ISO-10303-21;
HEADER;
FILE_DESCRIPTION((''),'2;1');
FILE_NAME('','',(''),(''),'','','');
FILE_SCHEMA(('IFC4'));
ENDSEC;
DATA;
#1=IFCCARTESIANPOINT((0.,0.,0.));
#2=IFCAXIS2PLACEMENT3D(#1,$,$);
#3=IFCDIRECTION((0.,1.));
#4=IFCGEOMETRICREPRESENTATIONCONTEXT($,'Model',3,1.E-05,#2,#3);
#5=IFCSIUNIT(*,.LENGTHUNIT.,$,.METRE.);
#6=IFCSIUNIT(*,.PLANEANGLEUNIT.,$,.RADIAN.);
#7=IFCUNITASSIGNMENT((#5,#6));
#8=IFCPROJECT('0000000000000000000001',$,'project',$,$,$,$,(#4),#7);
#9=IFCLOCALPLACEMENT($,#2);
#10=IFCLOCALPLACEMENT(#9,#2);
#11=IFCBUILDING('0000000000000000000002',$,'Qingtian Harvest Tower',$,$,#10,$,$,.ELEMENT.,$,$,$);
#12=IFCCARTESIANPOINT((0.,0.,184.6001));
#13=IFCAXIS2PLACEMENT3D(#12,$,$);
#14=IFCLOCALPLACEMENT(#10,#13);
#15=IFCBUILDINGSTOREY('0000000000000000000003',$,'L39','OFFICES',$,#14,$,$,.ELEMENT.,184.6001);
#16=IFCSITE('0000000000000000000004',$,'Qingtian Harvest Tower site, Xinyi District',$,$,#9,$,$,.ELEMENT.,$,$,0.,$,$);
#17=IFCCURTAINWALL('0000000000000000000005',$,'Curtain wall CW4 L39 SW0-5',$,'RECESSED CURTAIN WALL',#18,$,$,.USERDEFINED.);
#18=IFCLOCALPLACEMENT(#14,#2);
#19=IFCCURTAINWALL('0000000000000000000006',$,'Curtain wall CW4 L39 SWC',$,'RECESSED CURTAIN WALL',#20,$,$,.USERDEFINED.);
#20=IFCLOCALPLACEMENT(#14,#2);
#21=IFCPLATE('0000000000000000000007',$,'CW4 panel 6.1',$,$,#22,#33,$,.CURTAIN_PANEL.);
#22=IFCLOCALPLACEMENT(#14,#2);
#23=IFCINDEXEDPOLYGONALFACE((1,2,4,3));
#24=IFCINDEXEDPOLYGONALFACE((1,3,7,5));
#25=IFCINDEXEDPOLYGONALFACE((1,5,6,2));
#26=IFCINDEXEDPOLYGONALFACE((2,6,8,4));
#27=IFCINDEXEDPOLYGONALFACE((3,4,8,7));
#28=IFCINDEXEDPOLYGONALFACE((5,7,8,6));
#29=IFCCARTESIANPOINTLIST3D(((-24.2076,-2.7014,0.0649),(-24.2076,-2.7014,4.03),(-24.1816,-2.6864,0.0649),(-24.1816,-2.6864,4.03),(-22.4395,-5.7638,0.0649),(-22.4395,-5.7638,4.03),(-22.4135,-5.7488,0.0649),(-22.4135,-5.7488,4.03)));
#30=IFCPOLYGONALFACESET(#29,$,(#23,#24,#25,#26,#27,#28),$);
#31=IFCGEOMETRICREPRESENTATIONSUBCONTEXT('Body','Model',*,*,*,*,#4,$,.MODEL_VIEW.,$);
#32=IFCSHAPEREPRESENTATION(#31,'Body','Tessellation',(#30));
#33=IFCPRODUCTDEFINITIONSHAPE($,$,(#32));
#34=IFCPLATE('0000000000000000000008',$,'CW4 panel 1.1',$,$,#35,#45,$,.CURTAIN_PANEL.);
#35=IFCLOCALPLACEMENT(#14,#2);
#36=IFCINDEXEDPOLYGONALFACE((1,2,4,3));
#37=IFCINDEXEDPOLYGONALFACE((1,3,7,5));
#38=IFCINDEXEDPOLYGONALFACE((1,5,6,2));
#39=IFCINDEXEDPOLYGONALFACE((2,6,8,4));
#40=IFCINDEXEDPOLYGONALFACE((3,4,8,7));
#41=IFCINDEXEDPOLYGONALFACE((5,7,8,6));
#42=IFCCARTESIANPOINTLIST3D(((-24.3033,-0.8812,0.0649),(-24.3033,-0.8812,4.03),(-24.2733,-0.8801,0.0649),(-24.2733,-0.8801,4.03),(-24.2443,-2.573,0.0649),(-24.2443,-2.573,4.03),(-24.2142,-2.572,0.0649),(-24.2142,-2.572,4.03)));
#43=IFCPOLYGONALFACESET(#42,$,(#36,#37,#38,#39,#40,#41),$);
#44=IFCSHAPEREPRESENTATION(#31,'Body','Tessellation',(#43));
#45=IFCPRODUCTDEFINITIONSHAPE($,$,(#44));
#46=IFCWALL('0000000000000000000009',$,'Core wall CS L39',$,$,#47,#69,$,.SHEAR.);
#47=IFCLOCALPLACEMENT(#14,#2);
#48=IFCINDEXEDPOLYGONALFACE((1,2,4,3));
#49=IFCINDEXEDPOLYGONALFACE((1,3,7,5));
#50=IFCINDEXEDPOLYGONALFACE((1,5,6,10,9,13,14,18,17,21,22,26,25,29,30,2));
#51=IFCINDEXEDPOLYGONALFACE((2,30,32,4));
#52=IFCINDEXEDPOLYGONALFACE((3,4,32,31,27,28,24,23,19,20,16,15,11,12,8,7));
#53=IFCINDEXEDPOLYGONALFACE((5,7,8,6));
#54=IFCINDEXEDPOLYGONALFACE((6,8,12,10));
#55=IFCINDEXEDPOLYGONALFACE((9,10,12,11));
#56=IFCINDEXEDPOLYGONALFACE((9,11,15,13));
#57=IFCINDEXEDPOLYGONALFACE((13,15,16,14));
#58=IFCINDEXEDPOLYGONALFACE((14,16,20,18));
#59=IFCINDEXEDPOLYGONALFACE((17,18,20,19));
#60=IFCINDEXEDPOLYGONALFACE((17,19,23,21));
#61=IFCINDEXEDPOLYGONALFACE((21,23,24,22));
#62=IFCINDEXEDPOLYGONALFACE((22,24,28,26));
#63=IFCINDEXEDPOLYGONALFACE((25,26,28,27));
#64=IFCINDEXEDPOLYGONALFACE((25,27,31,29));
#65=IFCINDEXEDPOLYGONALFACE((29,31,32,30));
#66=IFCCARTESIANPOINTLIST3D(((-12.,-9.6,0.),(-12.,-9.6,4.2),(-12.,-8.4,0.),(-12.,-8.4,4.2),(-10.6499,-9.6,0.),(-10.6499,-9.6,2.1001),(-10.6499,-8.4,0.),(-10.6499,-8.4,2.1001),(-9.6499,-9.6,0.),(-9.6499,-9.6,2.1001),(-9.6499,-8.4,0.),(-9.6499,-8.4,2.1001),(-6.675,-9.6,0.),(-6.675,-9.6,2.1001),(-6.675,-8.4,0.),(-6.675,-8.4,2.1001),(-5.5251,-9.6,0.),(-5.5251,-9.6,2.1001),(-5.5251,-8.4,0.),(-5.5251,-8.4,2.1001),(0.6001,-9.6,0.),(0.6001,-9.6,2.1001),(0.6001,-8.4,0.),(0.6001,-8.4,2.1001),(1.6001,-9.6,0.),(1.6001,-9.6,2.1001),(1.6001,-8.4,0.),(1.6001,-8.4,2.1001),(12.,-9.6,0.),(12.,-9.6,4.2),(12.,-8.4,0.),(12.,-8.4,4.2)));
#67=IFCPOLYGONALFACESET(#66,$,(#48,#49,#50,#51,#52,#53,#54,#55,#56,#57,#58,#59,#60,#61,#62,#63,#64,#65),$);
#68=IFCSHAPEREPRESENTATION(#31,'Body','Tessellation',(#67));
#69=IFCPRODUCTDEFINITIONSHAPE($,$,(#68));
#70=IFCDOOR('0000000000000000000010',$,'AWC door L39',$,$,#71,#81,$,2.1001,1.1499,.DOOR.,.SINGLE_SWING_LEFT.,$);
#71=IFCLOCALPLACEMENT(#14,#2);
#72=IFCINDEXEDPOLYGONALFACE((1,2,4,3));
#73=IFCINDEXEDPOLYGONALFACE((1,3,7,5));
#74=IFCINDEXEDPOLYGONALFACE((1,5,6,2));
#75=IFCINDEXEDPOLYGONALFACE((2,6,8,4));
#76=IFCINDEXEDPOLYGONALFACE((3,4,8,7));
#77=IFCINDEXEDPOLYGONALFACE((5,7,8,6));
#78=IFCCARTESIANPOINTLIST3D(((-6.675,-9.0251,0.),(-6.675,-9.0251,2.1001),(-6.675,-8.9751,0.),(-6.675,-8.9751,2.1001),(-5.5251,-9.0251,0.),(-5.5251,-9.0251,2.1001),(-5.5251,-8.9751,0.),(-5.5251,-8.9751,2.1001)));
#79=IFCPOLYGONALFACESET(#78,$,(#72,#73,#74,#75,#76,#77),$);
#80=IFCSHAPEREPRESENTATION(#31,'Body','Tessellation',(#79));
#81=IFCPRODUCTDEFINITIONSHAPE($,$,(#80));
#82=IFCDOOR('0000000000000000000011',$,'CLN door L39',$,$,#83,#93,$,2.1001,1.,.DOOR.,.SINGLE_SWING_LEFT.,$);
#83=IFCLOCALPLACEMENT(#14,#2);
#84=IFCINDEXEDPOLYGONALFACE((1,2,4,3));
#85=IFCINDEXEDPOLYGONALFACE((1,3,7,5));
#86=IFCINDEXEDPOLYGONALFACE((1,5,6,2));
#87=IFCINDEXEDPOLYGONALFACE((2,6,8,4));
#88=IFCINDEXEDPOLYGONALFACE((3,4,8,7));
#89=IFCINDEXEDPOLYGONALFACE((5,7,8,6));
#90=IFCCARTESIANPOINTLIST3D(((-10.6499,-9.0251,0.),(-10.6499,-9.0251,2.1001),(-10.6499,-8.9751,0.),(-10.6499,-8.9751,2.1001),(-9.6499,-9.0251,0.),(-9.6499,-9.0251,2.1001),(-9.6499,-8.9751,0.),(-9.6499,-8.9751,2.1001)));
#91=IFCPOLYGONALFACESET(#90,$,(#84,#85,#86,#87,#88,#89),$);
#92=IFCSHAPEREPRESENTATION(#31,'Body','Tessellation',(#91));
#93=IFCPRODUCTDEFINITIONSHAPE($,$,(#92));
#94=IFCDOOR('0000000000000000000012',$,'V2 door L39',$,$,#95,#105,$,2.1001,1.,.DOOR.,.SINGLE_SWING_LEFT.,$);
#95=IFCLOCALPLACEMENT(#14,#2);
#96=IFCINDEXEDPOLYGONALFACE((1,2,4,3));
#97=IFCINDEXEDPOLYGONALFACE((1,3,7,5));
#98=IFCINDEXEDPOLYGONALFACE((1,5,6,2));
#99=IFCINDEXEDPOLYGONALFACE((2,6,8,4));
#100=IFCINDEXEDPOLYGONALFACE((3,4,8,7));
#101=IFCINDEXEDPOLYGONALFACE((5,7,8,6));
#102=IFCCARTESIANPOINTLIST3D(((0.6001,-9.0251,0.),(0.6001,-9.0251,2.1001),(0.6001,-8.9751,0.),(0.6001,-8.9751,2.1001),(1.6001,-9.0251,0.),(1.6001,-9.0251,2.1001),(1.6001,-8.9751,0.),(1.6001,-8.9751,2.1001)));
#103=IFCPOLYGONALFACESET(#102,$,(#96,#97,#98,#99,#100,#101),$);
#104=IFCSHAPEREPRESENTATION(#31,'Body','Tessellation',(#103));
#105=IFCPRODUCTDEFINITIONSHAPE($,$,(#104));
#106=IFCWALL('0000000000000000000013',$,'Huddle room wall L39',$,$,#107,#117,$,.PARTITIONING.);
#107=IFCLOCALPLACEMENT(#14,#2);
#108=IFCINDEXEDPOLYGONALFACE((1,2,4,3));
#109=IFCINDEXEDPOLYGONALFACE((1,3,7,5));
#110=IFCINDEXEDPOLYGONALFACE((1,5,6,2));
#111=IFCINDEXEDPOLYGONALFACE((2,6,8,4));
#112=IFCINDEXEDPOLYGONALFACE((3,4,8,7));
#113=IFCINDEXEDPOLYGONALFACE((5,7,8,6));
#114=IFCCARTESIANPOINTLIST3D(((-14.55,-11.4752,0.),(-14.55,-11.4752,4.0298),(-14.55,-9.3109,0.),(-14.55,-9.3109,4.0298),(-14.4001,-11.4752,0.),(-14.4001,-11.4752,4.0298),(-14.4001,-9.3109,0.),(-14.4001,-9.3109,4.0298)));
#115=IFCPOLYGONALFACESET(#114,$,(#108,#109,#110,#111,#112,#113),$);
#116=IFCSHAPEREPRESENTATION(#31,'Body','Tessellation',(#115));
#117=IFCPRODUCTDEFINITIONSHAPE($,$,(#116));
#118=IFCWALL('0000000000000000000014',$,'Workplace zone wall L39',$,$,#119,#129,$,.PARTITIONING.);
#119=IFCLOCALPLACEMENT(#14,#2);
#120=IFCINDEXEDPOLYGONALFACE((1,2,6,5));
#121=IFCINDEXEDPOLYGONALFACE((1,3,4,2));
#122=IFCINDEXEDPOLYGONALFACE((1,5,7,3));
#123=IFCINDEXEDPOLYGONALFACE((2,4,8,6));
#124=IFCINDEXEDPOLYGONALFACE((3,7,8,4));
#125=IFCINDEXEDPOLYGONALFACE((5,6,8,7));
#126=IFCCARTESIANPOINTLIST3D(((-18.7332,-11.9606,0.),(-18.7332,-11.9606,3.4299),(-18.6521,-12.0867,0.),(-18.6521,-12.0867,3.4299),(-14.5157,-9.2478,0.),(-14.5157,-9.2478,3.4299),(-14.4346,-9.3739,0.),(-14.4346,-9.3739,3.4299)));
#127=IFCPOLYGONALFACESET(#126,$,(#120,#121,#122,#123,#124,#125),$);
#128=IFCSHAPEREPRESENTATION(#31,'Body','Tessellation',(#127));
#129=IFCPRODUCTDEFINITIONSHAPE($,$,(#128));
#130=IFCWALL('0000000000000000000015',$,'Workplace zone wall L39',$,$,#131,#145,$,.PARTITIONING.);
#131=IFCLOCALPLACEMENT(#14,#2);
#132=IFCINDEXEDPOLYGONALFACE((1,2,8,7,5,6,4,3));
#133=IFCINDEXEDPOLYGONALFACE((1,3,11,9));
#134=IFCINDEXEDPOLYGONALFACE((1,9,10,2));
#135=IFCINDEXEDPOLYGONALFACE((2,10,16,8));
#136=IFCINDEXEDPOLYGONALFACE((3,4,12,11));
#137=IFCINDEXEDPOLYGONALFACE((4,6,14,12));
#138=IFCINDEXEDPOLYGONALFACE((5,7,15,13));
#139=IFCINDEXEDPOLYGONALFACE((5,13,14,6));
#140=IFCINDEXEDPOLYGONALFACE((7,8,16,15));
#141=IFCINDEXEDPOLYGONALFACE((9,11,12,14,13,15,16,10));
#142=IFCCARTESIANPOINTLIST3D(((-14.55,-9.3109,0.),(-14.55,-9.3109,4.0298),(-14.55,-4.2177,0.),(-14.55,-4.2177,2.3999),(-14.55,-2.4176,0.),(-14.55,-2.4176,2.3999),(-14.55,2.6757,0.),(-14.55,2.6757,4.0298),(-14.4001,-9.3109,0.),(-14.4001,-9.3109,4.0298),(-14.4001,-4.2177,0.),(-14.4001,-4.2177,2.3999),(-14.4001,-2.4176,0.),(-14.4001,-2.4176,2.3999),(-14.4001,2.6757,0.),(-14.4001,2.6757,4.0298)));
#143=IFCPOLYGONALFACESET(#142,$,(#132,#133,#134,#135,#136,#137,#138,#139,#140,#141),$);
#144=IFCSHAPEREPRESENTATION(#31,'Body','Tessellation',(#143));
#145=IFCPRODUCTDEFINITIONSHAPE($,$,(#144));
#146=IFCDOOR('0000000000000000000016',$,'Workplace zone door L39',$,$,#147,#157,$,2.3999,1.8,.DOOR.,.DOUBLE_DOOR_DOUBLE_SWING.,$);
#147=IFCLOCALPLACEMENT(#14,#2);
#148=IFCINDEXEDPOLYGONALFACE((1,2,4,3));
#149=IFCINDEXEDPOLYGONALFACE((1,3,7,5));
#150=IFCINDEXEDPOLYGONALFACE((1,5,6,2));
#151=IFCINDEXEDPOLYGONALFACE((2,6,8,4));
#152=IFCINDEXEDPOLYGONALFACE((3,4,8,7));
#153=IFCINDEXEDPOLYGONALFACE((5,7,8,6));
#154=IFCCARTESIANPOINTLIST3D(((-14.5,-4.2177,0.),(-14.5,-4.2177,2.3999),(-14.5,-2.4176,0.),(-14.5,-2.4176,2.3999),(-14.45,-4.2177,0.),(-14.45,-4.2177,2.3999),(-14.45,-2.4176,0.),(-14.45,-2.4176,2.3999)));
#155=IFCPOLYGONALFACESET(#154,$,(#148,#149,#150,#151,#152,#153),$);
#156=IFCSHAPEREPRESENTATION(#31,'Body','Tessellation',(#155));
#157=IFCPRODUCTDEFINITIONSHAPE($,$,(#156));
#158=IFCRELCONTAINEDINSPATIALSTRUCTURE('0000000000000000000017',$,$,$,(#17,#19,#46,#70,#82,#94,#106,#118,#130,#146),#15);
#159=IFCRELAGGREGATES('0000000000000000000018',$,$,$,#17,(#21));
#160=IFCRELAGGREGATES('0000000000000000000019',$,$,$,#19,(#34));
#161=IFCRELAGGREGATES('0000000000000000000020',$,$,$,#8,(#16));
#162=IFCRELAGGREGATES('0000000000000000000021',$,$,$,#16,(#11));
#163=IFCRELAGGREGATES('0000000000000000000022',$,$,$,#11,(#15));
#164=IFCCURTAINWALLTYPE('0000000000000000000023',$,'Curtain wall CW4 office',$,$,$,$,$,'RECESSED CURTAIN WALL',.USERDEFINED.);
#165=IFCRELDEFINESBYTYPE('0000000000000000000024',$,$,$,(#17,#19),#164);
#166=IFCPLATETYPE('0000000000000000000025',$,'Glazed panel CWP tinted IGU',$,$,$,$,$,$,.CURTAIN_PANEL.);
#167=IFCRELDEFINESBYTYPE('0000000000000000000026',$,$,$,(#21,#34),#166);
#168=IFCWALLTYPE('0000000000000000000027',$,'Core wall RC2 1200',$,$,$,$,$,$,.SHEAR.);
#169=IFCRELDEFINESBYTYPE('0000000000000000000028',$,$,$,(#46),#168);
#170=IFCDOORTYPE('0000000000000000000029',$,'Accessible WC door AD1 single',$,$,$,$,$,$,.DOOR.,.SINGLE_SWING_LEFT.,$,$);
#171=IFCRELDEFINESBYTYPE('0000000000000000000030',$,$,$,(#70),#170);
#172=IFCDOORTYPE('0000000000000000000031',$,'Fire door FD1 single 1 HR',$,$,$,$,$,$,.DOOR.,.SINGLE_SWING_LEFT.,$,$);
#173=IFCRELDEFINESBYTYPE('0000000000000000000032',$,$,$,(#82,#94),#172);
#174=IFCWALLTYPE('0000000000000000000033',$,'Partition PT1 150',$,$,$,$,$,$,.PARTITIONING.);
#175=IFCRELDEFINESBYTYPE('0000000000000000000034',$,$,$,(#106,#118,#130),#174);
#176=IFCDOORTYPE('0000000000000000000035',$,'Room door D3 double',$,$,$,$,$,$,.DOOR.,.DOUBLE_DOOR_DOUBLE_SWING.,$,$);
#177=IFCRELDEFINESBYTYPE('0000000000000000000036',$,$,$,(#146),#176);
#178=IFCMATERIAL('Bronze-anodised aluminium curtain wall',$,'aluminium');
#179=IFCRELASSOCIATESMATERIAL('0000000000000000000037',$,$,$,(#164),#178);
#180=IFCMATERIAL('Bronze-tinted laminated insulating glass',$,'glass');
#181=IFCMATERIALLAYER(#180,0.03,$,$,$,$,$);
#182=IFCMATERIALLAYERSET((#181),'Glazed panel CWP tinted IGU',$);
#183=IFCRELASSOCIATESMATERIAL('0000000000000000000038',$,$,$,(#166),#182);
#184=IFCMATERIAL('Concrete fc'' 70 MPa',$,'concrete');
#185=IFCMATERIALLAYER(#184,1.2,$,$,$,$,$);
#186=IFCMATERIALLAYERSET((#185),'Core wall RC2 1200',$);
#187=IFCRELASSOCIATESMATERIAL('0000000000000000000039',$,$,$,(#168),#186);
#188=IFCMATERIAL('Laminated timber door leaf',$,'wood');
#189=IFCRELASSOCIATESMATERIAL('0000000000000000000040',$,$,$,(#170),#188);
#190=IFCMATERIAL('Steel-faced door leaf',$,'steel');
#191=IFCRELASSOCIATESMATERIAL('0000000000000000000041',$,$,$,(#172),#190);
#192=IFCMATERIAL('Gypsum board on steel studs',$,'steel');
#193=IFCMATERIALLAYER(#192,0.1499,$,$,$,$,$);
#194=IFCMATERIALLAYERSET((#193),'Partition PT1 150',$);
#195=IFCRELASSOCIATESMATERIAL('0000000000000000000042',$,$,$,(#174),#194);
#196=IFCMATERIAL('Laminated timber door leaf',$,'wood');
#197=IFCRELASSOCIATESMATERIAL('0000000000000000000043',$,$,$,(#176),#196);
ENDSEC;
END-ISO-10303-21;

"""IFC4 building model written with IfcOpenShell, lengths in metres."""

from ifc_helpers import new_model, si_unit, direction, frame, frame_2d, origin, origin_2d, place, context, subcontext, project, spatial, rectangle, extrude, material, layer, layer_set, type_object, element, fill, aggregate, save


model = new_model("IFC4")

# Units and contexts
model_context = context("Model", 3, precision=1e-05, world=origin(), true_north=direction((0.0, 1.0)))
body_context = subcontext(model_context, "Body", "Model", "MODEL_VIEW")
ifc_project = project(units=[si_unit("LENGTHUNIT", "METRE"), si_unit("PLANEANGLEUNIT", "RADIAN")], contexts=[model_context])

# Site, building, storey
site_placement = place(None, origin())
site = spatial("IfcSite", under=ifc_project, at=site_placement, Name="Qingtian Harvest Tower site, Xinyi District", CompositionType="ELEMENT", RefElevation=0.0)
building_placement = place(site_placement, origin())
building = spatial("IfcBuilding", under=site, at=building_placement, Name="Qingtian Harvest Tower", CompositionType="ELEMENT")
storey_placement = place(building_placement, frame((0.0, 0.0, 184.6001)))
storey = spatial("IfcBuildingStorey", under=building, at=storey_placement, Name="L39", Description="OFFICES", CompositionType="ELEMENT", Elevation=184.6001)

# Curtain walls
ifc_material_1 = material(Name="Bronze-anodised aluminium curtain wall", Category="aluminium")
curtain_wall_type = type_object("IfcCurtainWallType", Name="Curtain wall CW4 office", ElementType="RECESSED CURTAIN WALL", PredefinedType="USERDEFINED", material=ifc_material_1)
curtain_wall_1_placement = place(storey_placement, origin())
curtain_wall_1 = element("IfcCurtainWall", 1, at=curtain_wall_1_placement, inside=storey, type_object=curtain_wall_type, Name="Curtain wall CW4 L39 SW0-5", ObjectType="RECESSED CURTAIN WALL", PredefinedType="USERDEFINED")
curtain_wall_2_placement = place(storey_placement, origin())
curtain_wall_2 = element("IfcCurtainWall", 2, at=curtain_wall_2_placement, inside=storey, type_object=curtain_wall_type, Name="Curtain wall CW4 L39 SWC", ObjectType="RECESSED CURTAIN WALL", PredefinedType="USERDEFINED")

# Plates
ifc_material_2 = material(Name="Bronze-tinted laminated insulating glass", Category="glass")
ifc_layer_1 = layer(ifc_material_2, 0.03)
ifc_layer_set_1 = layer_set([ifc_layer_1], Name="Glazed panel CWP tinted IGU")
plate_type = type_object("IfcPlateType", Name="Glazed panel CWP tinted IGU", PredefinedType="CURTAIN_PANEL", material=ifc_layer_set_1)
plate_1_placement = place(storey_placement, frame((-23.3105, -4.2251, 0.0649), z_axis=(0.0, 0.0, 1.0), x_axis=(-0.5, 0.866025, 0.0)))
plate_1 = element("IfcPlate", 3, at=plate_1_placement, type_object=plate_type, Name="CW4 panel 6.1", PredefinedType="CURTAIN_PANEL", context=body_context, shape_type="SweptSolid", body=[
    extrude(rectangle(XDim=3.5361, YDim=0.03, at=origin_2d()), origin(), (0.0, 0.0, 1.0), 3.9651),
])
aggregate(curtain_wall_1, [plate_1])
plate_2_placement = place(storey_placement, frame((-24.2588, -1.7266, 0.0649), z_axis=(0.0, 0.0, 1.0), x_axis=(-0.034899, 0.999391, 0.0)))
plate_2 = element("IfcPlate", 4, at=plate_2_placement, type_object=plate_type, Name="CW4 panel 1.1", PredefinedType="CURTAIN_PANEL", context=body_context, shape_type="SweptSolid", body=[
    extrude(rectangle(XDim=1.6929, YDim=0.03, at=origin_2d()), origin(), (0.0, 0.0, 1.0), 3.9651),
])
aggregate(curtain_wall_2, [plate_2])

# Wall, openings, doors
ifc_material_3 = material(Name="Concrete fc' 70 MPa", Category="concrete")
ifc_layer_2 = layer(ifc_material_3, 1.2)
ifc_layer_set_2 = layer_set([ifc_layer_2], Name="Core wall RC2 1200")
wall_type_1 = type_object("IfcWallType", Name="Core wall RC2 1200", PredefinedType="SHEAR", material=ifc_layer_set_2)
wall_1_placement = place(storey_placement, frame((-12.0, -9.0, 0.0), z_axis=(0.0, 0.0, 1.0), x_axis=(1.0, 0.0, 0.0)))
wall_1 = element("IfcWall", 5, at=wall_1_placement, inside=storey, type_object=wall_type_1, Name="Core wall CS L39", PredefinedType="SHEAR", context=body_context, shape_type="SweptSolid", body=[
    extrude(rectangle(XDim=24.0, YDim=1.2, at=frame_2d((12.0, 0.0))), origin(), (0.0, 0.0, 1.0), 4.2),
])
opening_1_placement = place(wall_1_placement, frame((1.3501, 0.0, 0.0)))
opening_1 = element("IfcOpeningElement", 6, at=opening_1_placement, cuts=wall_1, PredefinedType="OPENING", context=body_context, shape_type="SweptSolid", body=[
    extrude(rectangle(XDim=1.0, YDim=2.1001, at=frame_2d((0.5, 1.05))), frame((0.0, 0.6099, 0.0), z_axis=(0.0, -1.0, 0.0), x_axis=(1.0, 0.0, 0.0)), (0.0, 0.0, 1.0), 1.22),
])
opening_2_placement = place(wall_1_placement, frame((5.325, 0.0, 0.0)))
opening_2 = element("IfcOpeningElement", 7, at=opening_2_placement, cuts=wall_1, PredefinedType="OPENING", context=body_context, shape_type="SweptSolid", body=[
    extrude(rectangle(XDim=1.1499, YDim=2.1001, at=frame_2d((0.575, 1.05))), frame((0.0, 0.6099, 0.0), z_axis=(0.0, -1.0, 0.0), x_axis=(1.0, 0.0, 0.0)), (0.0, 0.0, 1.0), 1.22),
])
opening_3_placement = place(wall_1_placement, frame((12.6001, 0.0, 0.0)))
opening_3 = element("IfcOpeningElement", 8, at=opening_3_placement, cuts=wall_1, PredefinedType="OPENING", context=body_context, shape_type="SweptSolid", body=[
    extrude(rectangle(XDim=1.0, YDim=2.1001, at=frame_2d((0.5, 1.05))), frame((0.0, 0.6099, 0.0), z_axis=(0.0, -1.0, 0.0), x_axis=(1.0, 0.0, 0.0)), (0.0, 0.0, 1.0), 1.22),
])
ifc_material_4 = material(Name="Laminated timber door leaf", Category="wood")
door_type_1 = type_object("IfcDoorType", Name="Accessible WC door AD1 single", OperationType="SINGLE_SWING_LEFT", PredefinedType="DOOR", material=ifc_material_4)
door_1_placement = place(opening_2_placement, origin())
door_1 = element("IfcDoor", 9, at=door_1_placement, inside=storey, type_object=door_type_1, Name="AWC door L39", OperationType="SINGLE_SWING_LEFT", OverallHeight=2.1001, OverallWidth=1.1499, PredefinedType="DOOR", context=body_context, shape_type="SweptSolid", body=[
    extrude(rectangle(XDim=1.1499, YDim=2.1001, at=frame_2d((0.575, 1.05))), frame((0.0, 0.0249, 0.0), z_axis=(0.0, -1.0, 0.0), x_axis=(1.0, 0.0, 0.0)), (0.0, 0.0, 1.0), 0.05),
])
fill(opening_2, door_1)
ifc_material_5 = material(Name="Steel-faced door leaf", Category="steel")
door_type_2 = type_object("IfcDoorType", Name="Fire door FD1 single 1 HR", OperationType="SINGLE_SWING_LEFT", PredefinedType="DOOR", material=ifc_material_5)
door_2_placement = place(opening_1_placement, origin())
door_2 = element("IfcDoor", 10, at=door_2_placement, inside=storey, type_object=door_type_2, Name="CLN door L39", OperationType="SINGLE_SWING_LEFT", OverallHeight=2.1001, OverallWidth=1.0, PredefinedType="DOOR", context=body_context, shape_type="SweptSolid", body=[
    extrude(rectangle(XDim=1.0, YDim=2.1001, at=frame_2d((0.5, 1.05))), frame((0.0, 0.0249, 0.0), z_axis=(0.0, -1.0, 0.0), x_axis=(1.0, 0.0, 0.0)), (0.0, 0.0, 1.0), 0.05),
])
fill(opening_1, door_2)
door_3_placement = place(opening_3_placement, origin())
door_3 = element("IfcDoor", 11, at=door_3_placement, inside=storey, type_object=door_type_2, Name="V2 door L39", OperationType="SINGLE_SWING_LEFT", OverallHeight=2.1001, OverallWidth=1.0, PredefinedType="DOOR", context=body_context, shape_type="SweptSolid", body=[
    extrude(rectangle(XDim=1.0, YDim=2.1001, at=frame_2d((0.5, 1.05))), frame((0.0, 0.0249, 0.0), z_axis=(0.0, -1.0, 0.0), x_axis=(1.0, 0.0, 0.0)), (0.0, 0.0, 1.0), 0.05),
])
fill(opening_3, door_3)

# Walls
ifc_material_6 = material(Name="Gypsum board on steel studs", Category="steel")
ifc_layer_3 = layer(ifc_material_6, 0.1499)
ifc_layer_set_3 = layer_set([ifc_layer_3], Name="Partition PT1 150")
wall_type_2 = type_object("IfcWallType", Name="Partition PT1 150", PredefinedType="PARTITIONING", material=ifc_layer_set_3)
wall_2_placement = place(storey_placement, frame((-14.4751, -11.4751, 0.0), z_axis=(0.0, 0.0, 1.0), x_axis=(0.0, 1.0, 0.0)))
element("IfcWall", 12, at=wall_2_placement, inside=storey, type_object=wall_type_2, Name="Huddle room wall L39", PredefinedType="PARTITIONING", context=body_context, shape_type="SweptSolid", body=[
    extrude(rectangle(XDim=2.1643, YDim=0.1499, at=frame_2d((1.082, 0.0))), origin(), (0.0, 0.0, 1.0), 4.0298),
])
wall_3_placement = place(storey_placement, frame((-18.6926, -12.0237, 0.0), z_axis=(0.0, 0.0, 1.0), x_axis=(0.841031, 0.540986, 0.0)))
element("IfcWall", 13, at=wall_3_placement, inside=storey, type_object=wall_type_2, Name="Workplace zone wall L39", PredefinedType="PARTITIONING", context=body_context, shape_type="SweptSolid", body=[
    extrude(rectangle(XDim=5.0146, YDim=0.1499, at=frame_2d((2.5073, 0.0))), origin(), (0.0, 0.0, 1.0), 3.4299),
])

# Wall, opening, door
wall_4_placement = place(storey_placement, frame((-14.4751, -9.3108, 0.0), z_axis=(0.0, 0.0, 1.0), x_axis=(0.0, 1.0, 0.0)))
wall_4 = element("IfcWall", 14, at=wall_4_placement, inside=storey, type_object=wall_type_2, Name="Workplace zone wall L39", PredefinedType="PARTITIONING", context=body_context, shape_type="SweptSolid", body=[
    extrude(rectangle(XDim=11.9866, YDim=0.1499, at=frame_2d((5.9932, 0.0))), origin(), (0.0, 0.0, 1.0), 4.0298),
])
opening_4_placement = place(wall_4_placement, frame((5.0933, 0.0, 0.0)))
opening_4 = element("IfcOpeningElement", 15, at=opening_4_placement, cuts=wall_4, PredefinedType="OPENING", context=body_context, shape_type="SweptSolid", body=[
    extrude(rectangle(XDim=1.8, YDim=2.3999, at=frame_2d((0.8999, 1.2))), frame((0.0, 0.085, 0.0), z_axis=(0.0, -1.0, 0.0), x_axis=(1.0, 0.0, 0.0)), (0.0, 0.0, 1.0), 0.1699),
])
ifc_material_7 = material(Name="Laminated timber door leaf", Category="wood")
door_type_3 = type_object("IfcDoorType", Name="Room door D3 double", OperationType="DOUBLE_DOOR_DOUBLE_SWING", PredefinedType="DOOR", material=ifc_material_7)
door_4_placement = place(opening_4_placement, origin())
door_4 = element("IfcDoor", 16, at=door_4_placement, inside=storey, type_object=door_type_3, Name="Workplace zone door L39", OperationType="DOUBLE_DOOR_DOUBLE_SWING", OverallHeight=2.3999, OverallWidth=1.8, PredefinedType="DOOR", context=body_context, shape_type="SweptSolid", body=[
    extrude(rectangle(XDim=1.8, YDim=2.3999, at=frame_2d((0.8999, 1.2))), frame((0.0, 0.0249, 0.0), z_axis=(0.0, -1.0, 0.0), x_axis=(1.0, 0.0, 0.0)), (0.0, 0.0, 1.0), 0.05),
])
fill(opening_4, door_4)

save(model, "model.ifc")
